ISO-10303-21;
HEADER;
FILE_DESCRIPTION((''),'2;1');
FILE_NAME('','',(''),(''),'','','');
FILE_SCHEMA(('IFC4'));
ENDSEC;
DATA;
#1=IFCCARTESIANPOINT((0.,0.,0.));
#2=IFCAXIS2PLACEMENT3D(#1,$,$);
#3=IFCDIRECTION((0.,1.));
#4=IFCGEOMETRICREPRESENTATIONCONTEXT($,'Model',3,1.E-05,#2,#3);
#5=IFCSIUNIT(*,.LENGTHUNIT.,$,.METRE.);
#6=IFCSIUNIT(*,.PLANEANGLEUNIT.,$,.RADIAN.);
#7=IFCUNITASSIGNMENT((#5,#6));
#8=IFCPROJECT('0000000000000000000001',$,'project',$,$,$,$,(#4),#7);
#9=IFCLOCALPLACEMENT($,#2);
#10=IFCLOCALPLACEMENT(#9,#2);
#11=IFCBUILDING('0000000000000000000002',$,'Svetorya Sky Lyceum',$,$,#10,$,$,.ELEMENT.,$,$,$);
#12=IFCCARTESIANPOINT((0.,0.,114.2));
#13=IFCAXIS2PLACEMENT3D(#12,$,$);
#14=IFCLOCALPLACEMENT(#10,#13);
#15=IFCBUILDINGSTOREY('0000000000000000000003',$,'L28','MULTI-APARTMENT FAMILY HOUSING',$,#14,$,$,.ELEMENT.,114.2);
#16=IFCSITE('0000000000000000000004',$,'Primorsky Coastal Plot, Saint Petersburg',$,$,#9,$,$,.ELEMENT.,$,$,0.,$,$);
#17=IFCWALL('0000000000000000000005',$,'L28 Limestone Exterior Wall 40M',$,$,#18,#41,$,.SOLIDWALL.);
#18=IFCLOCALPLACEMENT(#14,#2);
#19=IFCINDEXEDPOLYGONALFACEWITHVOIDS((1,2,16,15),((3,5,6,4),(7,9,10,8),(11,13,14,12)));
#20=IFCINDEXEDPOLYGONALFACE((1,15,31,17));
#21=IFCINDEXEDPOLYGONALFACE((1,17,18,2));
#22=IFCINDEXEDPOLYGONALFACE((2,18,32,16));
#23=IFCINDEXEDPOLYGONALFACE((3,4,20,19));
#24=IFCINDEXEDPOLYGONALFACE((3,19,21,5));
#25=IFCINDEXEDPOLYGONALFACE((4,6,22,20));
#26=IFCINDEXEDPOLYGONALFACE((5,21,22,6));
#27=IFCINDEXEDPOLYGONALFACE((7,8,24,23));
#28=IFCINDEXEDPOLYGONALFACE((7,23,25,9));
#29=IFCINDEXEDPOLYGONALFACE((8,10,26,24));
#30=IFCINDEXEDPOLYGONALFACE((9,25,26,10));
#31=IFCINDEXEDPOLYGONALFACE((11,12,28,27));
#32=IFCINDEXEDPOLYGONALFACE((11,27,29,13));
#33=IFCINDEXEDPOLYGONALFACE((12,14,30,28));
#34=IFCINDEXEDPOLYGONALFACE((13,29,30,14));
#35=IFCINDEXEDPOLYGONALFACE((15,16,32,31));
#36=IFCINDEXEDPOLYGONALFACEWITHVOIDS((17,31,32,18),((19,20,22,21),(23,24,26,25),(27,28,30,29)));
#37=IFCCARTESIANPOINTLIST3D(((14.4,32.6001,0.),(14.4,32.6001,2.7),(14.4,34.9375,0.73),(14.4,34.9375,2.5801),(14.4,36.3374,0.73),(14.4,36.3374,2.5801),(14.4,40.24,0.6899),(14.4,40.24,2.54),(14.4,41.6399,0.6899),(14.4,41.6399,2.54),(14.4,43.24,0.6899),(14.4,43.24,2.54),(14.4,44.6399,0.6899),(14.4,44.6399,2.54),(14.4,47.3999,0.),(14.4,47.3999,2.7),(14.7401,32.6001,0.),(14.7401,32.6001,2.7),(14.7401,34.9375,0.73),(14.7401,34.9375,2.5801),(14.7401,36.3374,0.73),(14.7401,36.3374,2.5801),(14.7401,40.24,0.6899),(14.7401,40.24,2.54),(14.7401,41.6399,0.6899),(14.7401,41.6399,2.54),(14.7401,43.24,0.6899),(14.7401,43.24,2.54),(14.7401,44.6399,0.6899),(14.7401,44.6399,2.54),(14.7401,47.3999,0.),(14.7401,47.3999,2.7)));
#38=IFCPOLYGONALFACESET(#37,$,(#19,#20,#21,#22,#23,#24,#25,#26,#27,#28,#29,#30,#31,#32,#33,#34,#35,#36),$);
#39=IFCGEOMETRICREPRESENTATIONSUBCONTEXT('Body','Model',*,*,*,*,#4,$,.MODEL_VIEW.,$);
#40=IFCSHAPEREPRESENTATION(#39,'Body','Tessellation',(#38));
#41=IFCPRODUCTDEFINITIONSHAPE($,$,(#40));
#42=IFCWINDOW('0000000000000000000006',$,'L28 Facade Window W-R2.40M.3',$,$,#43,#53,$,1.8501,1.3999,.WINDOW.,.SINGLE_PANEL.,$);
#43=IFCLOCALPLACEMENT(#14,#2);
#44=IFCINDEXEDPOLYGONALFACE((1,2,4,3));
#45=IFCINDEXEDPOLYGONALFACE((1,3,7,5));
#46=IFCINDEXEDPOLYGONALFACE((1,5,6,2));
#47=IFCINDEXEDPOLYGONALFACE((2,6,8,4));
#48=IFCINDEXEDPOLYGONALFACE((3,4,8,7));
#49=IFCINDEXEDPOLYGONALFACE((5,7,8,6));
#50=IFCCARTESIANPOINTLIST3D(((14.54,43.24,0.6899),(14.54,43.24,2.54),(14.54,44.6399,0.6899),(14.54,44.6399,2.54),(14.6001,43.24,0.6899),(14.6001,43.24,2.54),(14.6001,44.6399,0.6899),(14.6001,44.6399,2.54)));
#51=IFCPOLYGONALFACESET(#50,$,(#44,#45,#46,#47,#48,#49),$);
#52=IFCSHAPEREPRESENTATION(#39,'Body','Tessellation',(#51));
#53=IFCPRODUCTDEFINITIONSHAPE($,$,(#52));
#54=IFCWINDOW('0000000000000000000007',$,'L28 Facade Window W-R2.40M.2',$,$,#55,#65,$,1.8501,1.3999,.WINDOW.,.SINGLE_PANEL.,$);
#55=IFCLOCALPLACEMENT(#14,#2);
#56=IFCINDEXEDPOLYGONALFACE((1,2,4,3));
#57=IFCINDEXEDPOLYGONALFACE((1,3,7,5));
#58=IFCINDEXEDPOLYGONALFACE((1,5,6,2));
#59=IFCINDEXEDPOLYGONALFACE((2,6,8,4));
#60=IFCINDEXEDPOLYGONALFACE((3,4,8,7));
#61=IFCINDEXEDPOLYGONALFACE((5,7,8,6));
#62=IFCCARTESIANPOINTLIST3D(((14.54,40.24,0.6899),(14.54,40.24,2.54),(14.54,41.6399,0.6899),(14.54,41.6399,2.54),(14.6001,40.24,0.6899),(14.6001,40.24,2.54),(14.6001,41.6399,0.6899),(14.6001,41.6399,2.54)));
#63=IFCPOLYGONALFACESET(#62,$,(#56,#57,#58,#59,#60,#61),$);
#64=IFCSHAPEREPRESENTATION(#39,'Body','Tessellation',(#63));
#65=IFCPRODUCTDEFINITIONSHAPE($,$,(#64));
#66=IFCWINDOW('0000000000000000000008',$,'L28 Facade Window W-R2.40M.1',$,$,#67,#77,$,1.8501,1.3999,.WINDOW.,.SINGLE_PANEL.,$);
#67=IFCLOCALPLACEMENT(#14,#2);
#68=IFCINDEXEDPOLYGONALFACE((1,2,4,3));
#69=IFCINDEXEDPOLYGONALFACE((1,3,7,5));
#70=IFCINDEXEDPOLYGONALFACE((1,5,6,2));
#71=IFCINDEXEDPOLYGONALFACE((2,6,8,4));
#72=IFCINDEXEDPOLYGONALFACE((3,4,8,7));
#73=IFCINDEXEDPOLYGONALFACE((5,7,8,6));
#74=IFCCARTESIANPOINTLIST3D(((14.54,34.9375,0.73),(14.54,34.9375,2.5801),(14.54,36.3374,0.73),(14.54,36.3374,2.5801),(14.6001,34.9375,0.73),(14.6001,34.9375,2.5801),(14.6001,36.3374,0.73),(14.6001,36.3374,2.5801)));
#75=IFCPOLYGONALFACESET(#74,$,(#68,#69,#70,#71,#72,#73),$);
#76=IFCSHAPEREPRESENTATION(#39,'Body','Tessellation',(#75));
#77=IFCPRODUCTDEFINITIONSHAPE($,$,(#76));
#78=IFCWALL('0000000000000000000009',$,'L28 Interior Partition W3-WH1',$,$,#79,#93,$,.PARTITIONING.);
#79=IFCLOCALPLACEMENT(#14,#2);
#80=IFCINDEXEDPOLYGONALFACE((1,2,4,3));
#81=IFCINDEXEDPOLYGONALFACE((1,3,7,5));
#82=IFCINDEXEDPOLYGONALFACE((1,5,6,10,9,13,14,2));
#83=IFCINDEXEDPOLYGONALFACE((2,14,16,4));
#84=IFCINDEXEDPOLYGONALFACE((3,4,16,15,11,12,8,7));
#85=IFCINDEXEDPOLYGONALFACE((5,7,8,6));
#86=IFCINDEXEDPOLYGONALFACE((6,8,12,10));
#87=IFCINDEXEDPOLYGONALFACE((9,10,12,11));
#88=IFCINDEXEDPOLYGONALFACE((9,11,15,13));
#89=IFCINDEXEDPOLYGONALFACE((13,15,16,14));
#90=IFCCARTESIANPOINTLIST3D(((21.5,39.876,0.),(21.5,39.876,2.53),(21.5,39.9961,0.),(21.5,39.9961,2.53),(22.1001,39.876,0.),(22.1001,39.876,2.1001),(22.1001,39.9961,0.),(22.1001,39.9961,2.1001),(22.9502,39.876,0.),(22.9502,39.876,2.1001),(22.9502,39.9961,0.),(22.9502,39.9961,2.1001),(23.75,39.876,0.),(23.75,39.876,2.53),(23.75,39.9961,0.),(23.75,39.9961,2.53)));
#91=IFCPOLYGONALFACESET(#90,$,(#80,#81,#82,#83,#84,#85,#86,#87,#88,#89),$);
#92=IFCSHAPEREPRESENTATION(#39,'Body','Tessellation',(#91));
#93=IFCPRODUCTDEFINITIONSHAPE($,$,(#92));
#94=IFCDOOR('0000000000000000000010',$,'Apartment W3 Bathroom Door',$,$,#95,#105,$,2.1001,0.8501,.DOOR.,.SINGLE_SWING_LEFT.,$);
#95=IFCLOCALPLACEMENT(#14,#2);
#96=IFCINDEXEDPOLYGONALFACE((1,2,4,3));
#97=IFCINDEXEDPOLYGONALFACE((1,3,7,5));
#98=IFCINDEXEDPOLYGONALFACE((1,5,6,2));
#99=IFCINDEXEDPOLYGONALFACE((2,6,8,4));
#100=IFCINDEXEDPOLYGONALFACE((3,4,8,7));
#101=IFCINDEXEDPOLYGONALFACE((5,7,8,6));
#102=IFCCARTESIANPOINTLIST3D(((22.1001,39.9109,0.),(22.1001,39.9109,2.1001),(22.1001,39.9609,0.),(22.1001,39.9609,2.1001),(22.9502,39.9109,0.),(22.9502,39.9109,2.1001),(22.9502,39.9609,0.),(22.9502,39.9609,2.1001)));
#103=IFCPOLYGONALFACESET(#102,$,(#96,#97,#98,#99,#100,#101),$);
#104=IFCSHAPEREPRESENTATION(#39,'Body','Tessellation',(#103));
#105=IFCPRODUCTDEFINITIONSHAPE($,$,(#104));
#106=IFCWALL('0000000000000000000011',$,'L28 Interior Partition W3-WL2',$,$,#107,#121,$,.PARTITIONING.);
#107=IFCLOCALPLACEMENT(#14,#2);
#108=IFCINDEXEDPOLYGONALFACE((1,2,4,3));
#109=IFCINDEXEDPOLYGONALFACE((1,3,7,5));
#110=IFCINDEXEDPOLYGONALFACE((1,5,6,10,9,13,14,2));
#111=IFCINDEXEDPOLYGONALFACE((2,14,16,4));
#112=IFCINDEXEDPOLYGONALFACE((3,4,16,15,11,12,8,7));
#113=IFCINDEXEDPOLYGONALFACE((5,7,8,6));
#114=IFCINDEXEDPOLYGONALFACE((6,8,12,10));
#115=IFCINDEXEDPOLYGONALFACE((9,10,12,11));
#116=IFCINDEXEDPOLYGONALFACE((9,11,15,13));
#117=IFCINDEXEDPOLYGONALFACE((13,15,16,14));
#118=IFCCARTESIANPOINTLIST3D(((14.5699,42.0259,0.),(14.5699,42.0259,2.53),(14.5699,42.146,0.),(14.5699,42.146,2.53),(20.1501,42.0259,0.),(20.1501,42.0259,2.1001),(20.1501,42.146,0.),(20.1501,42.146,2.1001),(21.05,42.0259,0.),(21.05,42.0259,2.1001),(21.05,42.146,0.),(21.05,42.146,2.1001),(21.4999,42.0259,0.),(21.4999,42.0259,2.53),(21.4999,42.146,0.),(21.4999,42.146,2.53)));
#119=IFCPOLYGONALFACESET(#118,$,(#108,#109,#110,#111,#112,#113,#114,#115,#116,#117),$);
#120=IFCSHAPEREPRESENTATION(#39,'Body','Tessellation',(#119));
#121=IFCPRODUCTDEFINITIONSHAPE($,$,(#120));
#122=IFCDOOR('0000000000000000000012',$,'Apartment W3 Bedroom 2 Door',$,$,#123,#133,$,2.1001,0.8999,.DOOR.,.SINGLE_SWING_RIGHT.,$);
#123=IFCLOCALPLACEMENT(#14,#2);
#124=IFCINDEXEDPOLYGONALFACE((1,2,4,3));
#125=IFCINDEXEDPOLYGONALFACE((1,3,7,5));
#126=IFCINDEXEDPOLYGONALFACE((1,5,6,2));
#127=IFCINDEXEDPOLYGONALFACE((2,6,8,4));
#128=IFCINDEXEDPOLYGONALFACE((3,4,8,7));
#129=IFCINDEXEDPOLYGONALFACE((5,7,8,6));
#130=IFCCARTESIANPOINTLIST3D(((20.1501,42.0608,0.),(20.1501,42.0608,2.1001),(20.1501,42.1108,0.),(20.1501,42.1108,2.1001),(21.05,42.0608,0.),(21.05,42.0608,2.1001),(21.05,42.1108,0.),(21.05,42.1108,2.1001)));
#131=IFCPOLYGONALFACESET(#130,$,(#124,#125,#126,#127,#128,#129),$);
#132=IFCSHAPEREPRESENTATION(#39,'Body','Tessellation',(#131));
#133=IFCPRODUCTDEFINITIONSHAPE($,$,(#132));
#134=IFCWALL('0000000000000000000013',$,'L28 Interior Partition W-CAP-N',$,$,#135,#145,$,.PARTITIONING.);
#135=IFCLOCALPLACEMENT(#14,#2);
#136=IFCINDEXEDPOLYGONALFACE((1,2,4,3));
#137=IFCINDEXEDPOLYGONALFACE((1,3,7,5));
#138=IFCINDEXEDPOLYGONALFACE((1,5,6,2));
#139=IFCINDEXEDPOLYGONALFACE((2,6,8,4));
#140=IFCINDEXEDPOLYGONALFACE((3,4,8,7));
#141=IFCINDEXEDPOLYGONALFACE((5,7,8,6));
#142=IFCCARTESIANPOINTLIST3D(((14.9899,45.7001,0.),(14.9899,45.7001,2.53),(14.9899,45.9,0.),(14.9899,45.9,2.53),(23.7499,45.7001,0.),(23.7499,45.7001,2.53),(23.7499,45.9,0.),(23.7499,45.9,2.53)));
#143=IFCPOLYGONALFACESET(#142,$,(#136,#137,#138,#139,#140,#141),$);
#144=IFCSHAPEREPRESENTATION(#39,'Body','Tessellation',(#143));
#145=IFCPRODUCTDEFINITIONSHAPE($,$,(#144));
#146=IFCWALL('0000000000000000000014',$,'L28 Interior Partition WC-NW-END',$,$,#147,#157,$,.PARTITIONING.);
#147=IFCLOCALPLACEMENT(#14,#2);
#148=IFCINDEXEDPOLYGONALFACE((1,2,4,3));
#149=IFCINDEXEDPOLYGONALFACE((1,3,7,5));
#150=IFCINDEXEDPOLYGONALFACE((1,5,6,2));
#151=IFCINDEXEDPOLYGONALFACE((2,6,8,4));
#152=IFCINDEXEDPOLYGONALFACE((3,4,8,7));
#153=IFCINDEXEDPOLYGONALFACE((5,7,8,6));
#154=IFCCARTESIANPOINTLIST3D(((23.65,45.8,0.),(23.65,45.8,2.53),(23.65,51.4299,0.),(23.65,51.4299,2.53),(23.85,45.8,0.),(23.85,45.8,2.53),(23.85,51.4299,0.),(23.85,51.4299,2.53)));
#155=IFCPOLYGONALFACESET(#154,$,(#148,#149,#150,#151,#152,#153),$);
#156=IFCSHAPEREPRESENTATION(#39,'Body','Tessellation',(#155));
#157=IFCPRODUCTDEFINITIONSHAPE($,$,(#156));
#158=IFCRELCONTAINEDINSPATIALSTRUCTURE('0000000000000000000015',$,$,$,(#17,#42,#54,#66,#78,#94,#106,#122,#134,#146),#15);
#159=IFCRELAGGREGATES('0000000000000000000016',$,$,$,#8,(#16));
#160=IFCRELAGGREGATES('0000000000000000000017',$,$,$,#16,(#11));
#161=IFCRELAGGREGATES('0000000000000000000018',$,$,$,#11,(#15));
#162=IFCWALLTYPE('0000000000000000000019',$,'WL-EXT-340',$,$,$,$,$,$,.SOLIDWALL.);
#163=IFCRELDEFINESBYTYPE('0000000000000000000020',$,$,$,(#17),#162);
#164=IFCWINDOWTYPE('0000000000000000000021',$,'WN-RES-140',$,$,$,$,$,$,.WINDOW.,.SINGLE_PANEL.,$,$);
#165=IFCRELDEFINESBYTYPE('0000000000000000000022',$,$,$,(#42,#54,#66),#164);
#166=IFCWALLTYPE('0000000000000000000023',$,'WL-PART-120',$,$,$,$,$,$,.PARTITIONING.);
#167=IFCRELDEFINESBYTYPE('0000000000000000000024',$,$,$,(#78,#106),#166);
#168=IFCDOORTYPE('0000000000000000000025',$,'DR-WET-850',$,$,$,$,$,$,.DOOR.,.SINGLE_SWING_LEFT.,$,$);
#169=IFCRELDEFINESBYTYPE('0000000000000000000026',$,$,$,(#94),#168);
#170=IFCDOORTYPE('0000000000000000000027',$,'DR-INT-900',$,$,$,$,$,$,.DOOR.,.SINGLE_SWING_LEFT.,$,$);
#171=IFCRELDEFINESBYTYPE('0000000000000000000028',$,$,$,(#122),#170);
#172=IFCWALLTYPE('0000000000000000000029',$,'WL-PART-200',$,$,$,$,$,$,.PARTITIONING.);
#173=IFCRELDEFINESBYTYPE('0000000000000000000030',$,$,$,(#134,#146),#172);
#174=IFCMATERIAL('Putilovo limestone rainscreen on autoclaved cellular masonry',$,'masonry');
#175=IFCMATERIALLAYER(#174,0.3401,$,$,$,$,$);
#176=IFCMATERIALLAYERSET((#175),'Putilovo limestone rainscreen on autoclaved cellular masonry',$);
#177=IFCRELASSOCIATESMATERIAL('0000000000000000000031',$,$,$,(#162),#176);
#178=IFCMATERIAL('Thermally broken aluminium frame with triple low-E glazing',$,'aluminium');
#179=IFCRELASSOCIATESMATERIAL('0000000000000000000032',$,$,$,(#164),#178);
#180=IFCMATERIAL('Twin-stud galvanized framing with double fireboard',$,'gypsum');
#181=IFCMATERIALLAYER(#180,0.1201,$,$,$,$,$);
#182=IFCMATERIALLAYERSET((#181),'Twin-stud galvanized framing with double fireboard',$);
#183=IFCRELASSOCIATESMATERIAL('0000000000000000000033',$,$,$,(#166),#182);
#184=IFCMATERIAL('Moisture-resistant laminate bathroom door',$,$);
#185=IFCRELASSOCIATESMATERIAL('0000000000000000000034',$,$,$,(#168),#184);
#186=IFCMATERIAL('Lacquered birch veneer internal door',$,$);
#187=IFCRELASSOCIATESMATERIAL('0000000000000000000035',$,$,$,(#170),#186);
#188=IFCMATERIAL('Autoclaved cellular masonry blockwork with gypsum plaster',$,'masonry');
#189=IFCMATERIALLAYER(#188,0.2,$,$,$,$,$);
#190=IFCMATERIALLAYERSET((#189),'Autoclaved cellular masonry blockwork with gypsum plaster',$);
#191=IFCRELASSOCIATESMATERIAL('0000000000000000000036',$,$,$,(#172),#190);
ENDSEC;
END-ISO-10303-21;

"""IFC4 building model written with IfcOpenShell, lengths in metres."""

from ifc_helpers import new_model, si_unit, direction, frame, frame_2d, origin, place, context, subcontext, project, spatial, rectangle, extrude, material, layer, layer_set, type_object, element, fill, save


model = new_model("IFC4")

# Units and contexts
model_context = context("Model", 3, precision=1e-05, world=origin(), true_north=direction((0.0, 1.0)))
body_context = subcontext(model_context, "Body", "Model", "MODEL_VIEW")
ifc_project = project(units=[si_unit("LENGTHUNIT", "METRE"), si_unit("PLANEANGLEUNIT", "RADIAN")], contexts=[model_context])

# Site, building, storey
site_placement = place(None, origin())
site = spatial("IfcSite", under=ifc_project, at=site_placement, Name="Primorsky Coastal Plot, Saint Petersburg", CompositionType="ELEMENT", RefElevation=0.0)
building_placement = place(site_placement, origin())
building = spatial("IfcBuilding", under=site, at=building_placement, Name="Svetorya Sky Lyceum", CompositionType="ELEMENT")
storey_placement = place(building_placement, frame((0.0, 0.0, 114.2)))
storey = spatial("IfcBuildingStorey", under=building, at=storey_placement, Name="L28", Description="MULTI-APARTMENT FAMILY HOUSING", CompositionType="ELEMENT", Elevation=114.2)

# Shared definitions
ifc_material_1 = material(Name="Putilovo limestone rainscreen on autoclaved cellular masonry", Category="masonry")
ifc_layer_1 = layer(ifc_material_1, 0.3401)
ifc_layer_set_1 = layer_set([ifc_layer_1], Name="Putilovo limestone rainscreen on autoclaved cellular masonry")
wall_type_1 = type_object("IfcWallType", Name="WL-EXT-340", PredefinedType="SOLIDWALL", material=ifc_layer_set_1)

# Wall, openings, windows
wall_1_placement = place(storey_placement, frame((14.5701, 47.3999, 0.0), z_axis=(0.0, 0.0, 1.0), x_axis=(0.0, -1.0, 0.0)))
wall_1 = element("IfcWall", 1, at=wall_1_placement, inside=storey, type_object=wall_type_1, Name="L28 Limestone Exterior Wall 40M", PredefinedType="SOLIDWALL", context=body_context, shape_type="SweptSolid", body=[
    extrude(rectangle(XDim=14.7998, YDim=0.3401, at=frame_2d((7.3999, 0.0))), origin(), (0.0, 0.0, 1.0), 2.7),
])
opening_1_placement = place(wall_1_placement, frame((2.76, 0.0, 0.6899)))
opening_1 = element("IfcOpeningElement", 2, at=opening_1_placement, cuts=wall_1, PredefinedType="OPENING", context=body_context, shape_type="SweptSolid", body=[
    extrude(rectangle(XDim=1.3999, YDim=1.8501, at=frame_2d((0.7, 0.925))), frame((0.0, 0.1799, 0.0), z_axis=(0.0, -1.0, 0.0), x_axis=(1.0, 0.0, 0.0)), (0.0, 0.0, 1.0), 0.3601),
])
opening_2_placement = place(wall_1_placement, frame((5.76, 0.0, 0.6899)))
opening_2 = element("IfcOpeningElement", 3, at=opening_2_placement, cuts=wall_1, PredefinedType="OPENING", context=body_context, shape_type="SweptSolid", body=[
    extrude(rectangle(XDim=1.3999, YDim=1.8501, at=frame_2d((0.7, 0.925))), frame((0.0, 0.1799, 0.0), z_axis=(0.0, -1.0, 0.0), x_axis=(1.0, 0.0, 0.0)), (0.0, 0.0, 1.0), 0.3601),
])
opening_3_placement = place(wall_1_placement, frame((11.0625, 0.0, 0.73)))
opening_3 = element("IfcOpeningElement", 4, at=opening_3_placement, cuts=wall_1, PredefinedType="OPENING", context=body_context, shape_type="SweptSolid", body=[
    extrude(rectangle(XDim=1.3999, YDim=1.8501, at=frame_2d((0.7, 0.925))), frame((0.0, 0.1799, 0.0), z_axis=(0.0, -1.0, 0.0), x_axis=(1.0, 0.0, 0.0)), (0.0, 0.0, 1.0), 0.3601),
])
ifc_material_2 = material(Name="Thermally broken aluminium frame with triple low-E glazing", Category="aluminium")
window_type = type_object("IfcWindowType", Name="WN-RES-140", PartitioningType="SINGLE_PANEL", PredefinedType="WINDOW", material=ifc_material_2)
window_1_placement = place(opening_1_placement, origin())
window_1 = element("IfcWindow", 5, at=window_1_placement, inside=storey, type_object=window_type, Name="L28 Facade Window W-R2.40M.3", OverallHeight=1.8501, OverallWidth=1.3999, PartitioningType="SINGLE_PANEL", PredefinedType="WINDOW", context=body_context, shape_type="SweptSolid", body=[
    extrude(rectangle(XDim=1.3999, YDim=1.8501, at=frame_2d((0.7, 0.925))), frame((0.0, 0.03, 0.0), z_axis=(0.0, -1.0, 0.0), x_axis=(1.0, 0.0, 0.0)), (0.0, 0.0, 1.0), 0.0601),
])
fill(opening_1, window_1)
window_2_placement = place(opening_2_placement, origin())
window_2 = element("IfcWindow", 6, at=window_2_placement, inside=storey, type_object=window_type, Name="L28 Facade Window W-R2.40M.2", OverallHeight=1.8501, OverallWidth=1.3999, PartitioningType="SINGLE_PANEL", PredefinedType="WINDOW", context=body_context, shape_type="SweptSolid", body=[
    extrude(rectangle(XDim=1.3999, YDim=1.8501, at=frame_2d((0.7, 0.925))), frame((0.0, 0.03, 0.0), z_axis=(0.0, -1.0, 0.0), x_axis=(1.0, 0.0, 0.0)), (0.0, 0.0, 1.0), 0.0601),
])
fill(opening_2, window_2)
window_3_placement = place(opening_3_placement, origin())
window_3 = element("IfcWindow", 7, at=window_3_placement, inside=storey, type_object=window_type, Name="L28 Facade Window W-R2.40M.1", OverallHeight=1.8501, OverallWidth=1.3999, PartitioningType="SINGLE_PANEL", PredefinedType="WINDOW", context=body_context, shape_type="SweptSolid", body=[
    extrude(rectangle(XDim=1.3999, YDim=1.8501, at=frame_2d((0.7, 0.925))), frame((0.0, 0.03, 0.0), z_axis=(0.0, -1.0, 0.0), x_axis=(1.0, 0.0, 0.0)), (0.0, 0.0, 1.0), 0.0601),
])
fill(opening_3, window_3)

# Walls, openings, doors
ifc_material_3 = material(Name="Twin-stud galvanized framing with double fireboard", Category="gypsum")
ifc_layer_2 = layer(ifc_material_3, 0.1201)
ifc_layer_set_2 = layer_set([ifc_layer_2], Name="Twin-stud galvanized framing with double fireboard")
wall_type_2 = type_object("IfcWallType", Name="WL-PART-120", PredefinedType="PARTITIONING", material=ifc_layer_set_2)
wall_2_placement = place(storey_placement, frame((21.5, 39.936, 0.0), z_axis=(0.0, 0.0, 1.0), x_axis=(1.0, 0.0, 0.0)))
wall_2 = element("IfcWall", 8, at=wall_2_placement, inside=storey, type_object=wall_type_2, Name="L28 Interior Partition W3-WH1", PredefinedType="PARTITIONING", context=body_context, shape_type="SweptSolid", body=[
    extrude(rectangle(XDim=2.25, YDim=0.1201, at=frame_2d((1.125, 0.0))), origin(), (0.0, 0.0, 1.0), 2.53),
])
opening_4_placement = place(wall_2_placement, frame((0.6001, 0.0, 0.0)))
opening_4 = element("IfcOpeningElement", 9, at=opening_4_placement, cuts=wall_2, PredefinedType="OPENING", context=body_context, shape_type="SweptSolid", body=[
    extrude(rectangle(XDim=0.8501, YDim=2.1001, at=frame_2d((0.425, 1.05))), frame((0.0, 0.0701, 0.0), z_axis=(0.0, -1.0, 0.0), x_axis=(1.0, 0.0, 0.0)), (0.0, 0.0, 1.0), 0.1401),
])
ifc_material_4 = material(Name="Moisture-resistant laminate bathroom door")
door_type_1 = type_object("IfcDoorType", Name="DR-WET-850", OperationType="SINGLE_SWING_LEFT", PredefinedType="DOOR", material=ifc_material_4)
door_1_placement = place(opening_4_placement, origin())
door_1 = element("IfcDoor", 10, at=door_1_placement, inside=storey, type_object=door_type_1, Name="Apartment W3 Bathroom Door", OperationType="SINGLE_SWING_LEFT", OverallHeight=2.1001, OverallWidth=0.8501, PredefinedType="DOOR", context=body_context, shape_type="SweptSolid", body=[
    extrude(rectangle(XDim=0.8501, YDim=2.1001, at=frame_2d((0.425, 1.05))), frame((0.0, 0.0249, 0.0), z_axis=(0.0, -1.0, 0.0), x_axis=(1.0, 0.0, 0.0)), (0.0, 0.0, 1.0), 0.05),
])
fill(opening_4, door_1)
wall_3_placement = place(storey_placement, frame((14.5701, 42.0859, 0.0), z_axis=(0.0, 0.0, 1.0), x_axis=(1.0, 0.0, 0.0)))
wall_3 = element("IfcWall", 11, at=wall_3_placement, inside=storey, type_object=wall_type_2, Name="L28 Interior Partition W3-WL2", PredefinedType="PARTITIONING", context=body_context, shape_type="SweptSolid", body=[
    extrude(rectangle(XDim=6.9299, YDim=0.1201, at=frame_2d((3.4648, 0.0))), origin(), (0.0, 0.0, 1.0), 2.53),
])
opening_5_placement = place(wall_3_placement, frame((5.5801, 0.0, 0.0)))
opening_5 = element("IfcOpeningElement", 12, at=opening_5_placement, cuts=wall_3, PredefinedType="OPENING", context=body_context, shape_type="SweptSolid", body=[
    extrude(rectangle(XDim=0.8999, YDim=2.1001, at=frame_2d((0.45, 1.05))), frame((0.0, 0.0701, 0.0), z_axis=(0.0, -1.0, 0.0), x_axis=(1.0, 0.0, 0.0)), (0.0, 0.0, 1.0), 0.1401),
])
ifc_material_5 = material(Name="Lacquered birch veneer internal door")
door_type_2 = type_object("IfcDoorType", Name="DR-INT-900", OperationType="SINGLE_SWING_LEFT", PredefinedType="DOOR", material=ifc_material_5)
door_2_placement = place(opening_5_placement, origin())
door_2 = element("IfcDoor", 13, at=door_2_placement, inside=storey, type_object=door_type_2, Name="Apartment W3 Bedroom 2 Door", OperationType="SINGLE_SWING_RIGHT", OverallHeight=2.1001, OverallWidth=0.8999, PredefinedType="DOOR", context=body_context, shape_type="SweptSolid", body=[
    extrude(rectangle(XDim=0.8999, YDim=2.1001, at=frame_2d((0.45, 1.05))), frame((0.0, 0.0249, 0.0), z_axis=(0.0, -1.0, 0.0), x_axis=(1.0, 0.0, 0.0)), (0.0, 0.0, 1.0), 0.05),
])
fill(opening_5, door_2)

# Walls
ifc_material_6 = material(Name="Autoclaved cellular masonry blockwork with gypsum plaster", Category="masonry")
ifc_layer_3 = layer(ifc_material_6, 0.2)
ifc_layer_set_3 = layer_set([ifc_layer_3], Name="Autoclaved cellular masonry blockwork with gypsum plaster")
wall_type_3 = type_object("IfcWallType", Name="WL-PART-200", PredefinedType="PARTITIONING", material=ifc_layer_set_3)
wall_4_placement = place(storey_placement, frame((14.99, 45.8, 0.0), z_axis=(0.0, 0.0, 1.0), x_axis=(1.0, 0.0, 0.0)))
element("IfcWall", 14, at=wall_4_placement, inside=storey, type_object=wall_type_3, Name="L28 Interior Partition W-CAP-N", PredefinedType="PARTITIONING", context=body_context, shape_type="SweptSolid", body=[
    extrude(rectangle(XDim=8.76, YDim=0.2, at=frame_2d((4.3799, 0.0))), origin(), (0.0, 0.0, 1.0), 2.53),
])
wall_5_placement = place(storey_placement, frame((23.75, 45.8, 0.0), z_axis=(0.0, 0.0, 1.0), x_axis=(0.0, 1.0, 0.0)))
element("IfcWall", 15, at=wall_5_placement, inside=storey, type_object=wall_type_3, Name="L28 Interior Partition WC-NW-END", PredefinedType="PARTITIONING", context=body_context, shape_type="SweptSolid", body=[
    extrude(rectangle(XDim=5.6299, YDim=0.2, at=frame_2d((2.8149, 0.0))), origin(), (0.0, 0.0, 1.0), 2.53),
])

save(model, "model.ifc")
